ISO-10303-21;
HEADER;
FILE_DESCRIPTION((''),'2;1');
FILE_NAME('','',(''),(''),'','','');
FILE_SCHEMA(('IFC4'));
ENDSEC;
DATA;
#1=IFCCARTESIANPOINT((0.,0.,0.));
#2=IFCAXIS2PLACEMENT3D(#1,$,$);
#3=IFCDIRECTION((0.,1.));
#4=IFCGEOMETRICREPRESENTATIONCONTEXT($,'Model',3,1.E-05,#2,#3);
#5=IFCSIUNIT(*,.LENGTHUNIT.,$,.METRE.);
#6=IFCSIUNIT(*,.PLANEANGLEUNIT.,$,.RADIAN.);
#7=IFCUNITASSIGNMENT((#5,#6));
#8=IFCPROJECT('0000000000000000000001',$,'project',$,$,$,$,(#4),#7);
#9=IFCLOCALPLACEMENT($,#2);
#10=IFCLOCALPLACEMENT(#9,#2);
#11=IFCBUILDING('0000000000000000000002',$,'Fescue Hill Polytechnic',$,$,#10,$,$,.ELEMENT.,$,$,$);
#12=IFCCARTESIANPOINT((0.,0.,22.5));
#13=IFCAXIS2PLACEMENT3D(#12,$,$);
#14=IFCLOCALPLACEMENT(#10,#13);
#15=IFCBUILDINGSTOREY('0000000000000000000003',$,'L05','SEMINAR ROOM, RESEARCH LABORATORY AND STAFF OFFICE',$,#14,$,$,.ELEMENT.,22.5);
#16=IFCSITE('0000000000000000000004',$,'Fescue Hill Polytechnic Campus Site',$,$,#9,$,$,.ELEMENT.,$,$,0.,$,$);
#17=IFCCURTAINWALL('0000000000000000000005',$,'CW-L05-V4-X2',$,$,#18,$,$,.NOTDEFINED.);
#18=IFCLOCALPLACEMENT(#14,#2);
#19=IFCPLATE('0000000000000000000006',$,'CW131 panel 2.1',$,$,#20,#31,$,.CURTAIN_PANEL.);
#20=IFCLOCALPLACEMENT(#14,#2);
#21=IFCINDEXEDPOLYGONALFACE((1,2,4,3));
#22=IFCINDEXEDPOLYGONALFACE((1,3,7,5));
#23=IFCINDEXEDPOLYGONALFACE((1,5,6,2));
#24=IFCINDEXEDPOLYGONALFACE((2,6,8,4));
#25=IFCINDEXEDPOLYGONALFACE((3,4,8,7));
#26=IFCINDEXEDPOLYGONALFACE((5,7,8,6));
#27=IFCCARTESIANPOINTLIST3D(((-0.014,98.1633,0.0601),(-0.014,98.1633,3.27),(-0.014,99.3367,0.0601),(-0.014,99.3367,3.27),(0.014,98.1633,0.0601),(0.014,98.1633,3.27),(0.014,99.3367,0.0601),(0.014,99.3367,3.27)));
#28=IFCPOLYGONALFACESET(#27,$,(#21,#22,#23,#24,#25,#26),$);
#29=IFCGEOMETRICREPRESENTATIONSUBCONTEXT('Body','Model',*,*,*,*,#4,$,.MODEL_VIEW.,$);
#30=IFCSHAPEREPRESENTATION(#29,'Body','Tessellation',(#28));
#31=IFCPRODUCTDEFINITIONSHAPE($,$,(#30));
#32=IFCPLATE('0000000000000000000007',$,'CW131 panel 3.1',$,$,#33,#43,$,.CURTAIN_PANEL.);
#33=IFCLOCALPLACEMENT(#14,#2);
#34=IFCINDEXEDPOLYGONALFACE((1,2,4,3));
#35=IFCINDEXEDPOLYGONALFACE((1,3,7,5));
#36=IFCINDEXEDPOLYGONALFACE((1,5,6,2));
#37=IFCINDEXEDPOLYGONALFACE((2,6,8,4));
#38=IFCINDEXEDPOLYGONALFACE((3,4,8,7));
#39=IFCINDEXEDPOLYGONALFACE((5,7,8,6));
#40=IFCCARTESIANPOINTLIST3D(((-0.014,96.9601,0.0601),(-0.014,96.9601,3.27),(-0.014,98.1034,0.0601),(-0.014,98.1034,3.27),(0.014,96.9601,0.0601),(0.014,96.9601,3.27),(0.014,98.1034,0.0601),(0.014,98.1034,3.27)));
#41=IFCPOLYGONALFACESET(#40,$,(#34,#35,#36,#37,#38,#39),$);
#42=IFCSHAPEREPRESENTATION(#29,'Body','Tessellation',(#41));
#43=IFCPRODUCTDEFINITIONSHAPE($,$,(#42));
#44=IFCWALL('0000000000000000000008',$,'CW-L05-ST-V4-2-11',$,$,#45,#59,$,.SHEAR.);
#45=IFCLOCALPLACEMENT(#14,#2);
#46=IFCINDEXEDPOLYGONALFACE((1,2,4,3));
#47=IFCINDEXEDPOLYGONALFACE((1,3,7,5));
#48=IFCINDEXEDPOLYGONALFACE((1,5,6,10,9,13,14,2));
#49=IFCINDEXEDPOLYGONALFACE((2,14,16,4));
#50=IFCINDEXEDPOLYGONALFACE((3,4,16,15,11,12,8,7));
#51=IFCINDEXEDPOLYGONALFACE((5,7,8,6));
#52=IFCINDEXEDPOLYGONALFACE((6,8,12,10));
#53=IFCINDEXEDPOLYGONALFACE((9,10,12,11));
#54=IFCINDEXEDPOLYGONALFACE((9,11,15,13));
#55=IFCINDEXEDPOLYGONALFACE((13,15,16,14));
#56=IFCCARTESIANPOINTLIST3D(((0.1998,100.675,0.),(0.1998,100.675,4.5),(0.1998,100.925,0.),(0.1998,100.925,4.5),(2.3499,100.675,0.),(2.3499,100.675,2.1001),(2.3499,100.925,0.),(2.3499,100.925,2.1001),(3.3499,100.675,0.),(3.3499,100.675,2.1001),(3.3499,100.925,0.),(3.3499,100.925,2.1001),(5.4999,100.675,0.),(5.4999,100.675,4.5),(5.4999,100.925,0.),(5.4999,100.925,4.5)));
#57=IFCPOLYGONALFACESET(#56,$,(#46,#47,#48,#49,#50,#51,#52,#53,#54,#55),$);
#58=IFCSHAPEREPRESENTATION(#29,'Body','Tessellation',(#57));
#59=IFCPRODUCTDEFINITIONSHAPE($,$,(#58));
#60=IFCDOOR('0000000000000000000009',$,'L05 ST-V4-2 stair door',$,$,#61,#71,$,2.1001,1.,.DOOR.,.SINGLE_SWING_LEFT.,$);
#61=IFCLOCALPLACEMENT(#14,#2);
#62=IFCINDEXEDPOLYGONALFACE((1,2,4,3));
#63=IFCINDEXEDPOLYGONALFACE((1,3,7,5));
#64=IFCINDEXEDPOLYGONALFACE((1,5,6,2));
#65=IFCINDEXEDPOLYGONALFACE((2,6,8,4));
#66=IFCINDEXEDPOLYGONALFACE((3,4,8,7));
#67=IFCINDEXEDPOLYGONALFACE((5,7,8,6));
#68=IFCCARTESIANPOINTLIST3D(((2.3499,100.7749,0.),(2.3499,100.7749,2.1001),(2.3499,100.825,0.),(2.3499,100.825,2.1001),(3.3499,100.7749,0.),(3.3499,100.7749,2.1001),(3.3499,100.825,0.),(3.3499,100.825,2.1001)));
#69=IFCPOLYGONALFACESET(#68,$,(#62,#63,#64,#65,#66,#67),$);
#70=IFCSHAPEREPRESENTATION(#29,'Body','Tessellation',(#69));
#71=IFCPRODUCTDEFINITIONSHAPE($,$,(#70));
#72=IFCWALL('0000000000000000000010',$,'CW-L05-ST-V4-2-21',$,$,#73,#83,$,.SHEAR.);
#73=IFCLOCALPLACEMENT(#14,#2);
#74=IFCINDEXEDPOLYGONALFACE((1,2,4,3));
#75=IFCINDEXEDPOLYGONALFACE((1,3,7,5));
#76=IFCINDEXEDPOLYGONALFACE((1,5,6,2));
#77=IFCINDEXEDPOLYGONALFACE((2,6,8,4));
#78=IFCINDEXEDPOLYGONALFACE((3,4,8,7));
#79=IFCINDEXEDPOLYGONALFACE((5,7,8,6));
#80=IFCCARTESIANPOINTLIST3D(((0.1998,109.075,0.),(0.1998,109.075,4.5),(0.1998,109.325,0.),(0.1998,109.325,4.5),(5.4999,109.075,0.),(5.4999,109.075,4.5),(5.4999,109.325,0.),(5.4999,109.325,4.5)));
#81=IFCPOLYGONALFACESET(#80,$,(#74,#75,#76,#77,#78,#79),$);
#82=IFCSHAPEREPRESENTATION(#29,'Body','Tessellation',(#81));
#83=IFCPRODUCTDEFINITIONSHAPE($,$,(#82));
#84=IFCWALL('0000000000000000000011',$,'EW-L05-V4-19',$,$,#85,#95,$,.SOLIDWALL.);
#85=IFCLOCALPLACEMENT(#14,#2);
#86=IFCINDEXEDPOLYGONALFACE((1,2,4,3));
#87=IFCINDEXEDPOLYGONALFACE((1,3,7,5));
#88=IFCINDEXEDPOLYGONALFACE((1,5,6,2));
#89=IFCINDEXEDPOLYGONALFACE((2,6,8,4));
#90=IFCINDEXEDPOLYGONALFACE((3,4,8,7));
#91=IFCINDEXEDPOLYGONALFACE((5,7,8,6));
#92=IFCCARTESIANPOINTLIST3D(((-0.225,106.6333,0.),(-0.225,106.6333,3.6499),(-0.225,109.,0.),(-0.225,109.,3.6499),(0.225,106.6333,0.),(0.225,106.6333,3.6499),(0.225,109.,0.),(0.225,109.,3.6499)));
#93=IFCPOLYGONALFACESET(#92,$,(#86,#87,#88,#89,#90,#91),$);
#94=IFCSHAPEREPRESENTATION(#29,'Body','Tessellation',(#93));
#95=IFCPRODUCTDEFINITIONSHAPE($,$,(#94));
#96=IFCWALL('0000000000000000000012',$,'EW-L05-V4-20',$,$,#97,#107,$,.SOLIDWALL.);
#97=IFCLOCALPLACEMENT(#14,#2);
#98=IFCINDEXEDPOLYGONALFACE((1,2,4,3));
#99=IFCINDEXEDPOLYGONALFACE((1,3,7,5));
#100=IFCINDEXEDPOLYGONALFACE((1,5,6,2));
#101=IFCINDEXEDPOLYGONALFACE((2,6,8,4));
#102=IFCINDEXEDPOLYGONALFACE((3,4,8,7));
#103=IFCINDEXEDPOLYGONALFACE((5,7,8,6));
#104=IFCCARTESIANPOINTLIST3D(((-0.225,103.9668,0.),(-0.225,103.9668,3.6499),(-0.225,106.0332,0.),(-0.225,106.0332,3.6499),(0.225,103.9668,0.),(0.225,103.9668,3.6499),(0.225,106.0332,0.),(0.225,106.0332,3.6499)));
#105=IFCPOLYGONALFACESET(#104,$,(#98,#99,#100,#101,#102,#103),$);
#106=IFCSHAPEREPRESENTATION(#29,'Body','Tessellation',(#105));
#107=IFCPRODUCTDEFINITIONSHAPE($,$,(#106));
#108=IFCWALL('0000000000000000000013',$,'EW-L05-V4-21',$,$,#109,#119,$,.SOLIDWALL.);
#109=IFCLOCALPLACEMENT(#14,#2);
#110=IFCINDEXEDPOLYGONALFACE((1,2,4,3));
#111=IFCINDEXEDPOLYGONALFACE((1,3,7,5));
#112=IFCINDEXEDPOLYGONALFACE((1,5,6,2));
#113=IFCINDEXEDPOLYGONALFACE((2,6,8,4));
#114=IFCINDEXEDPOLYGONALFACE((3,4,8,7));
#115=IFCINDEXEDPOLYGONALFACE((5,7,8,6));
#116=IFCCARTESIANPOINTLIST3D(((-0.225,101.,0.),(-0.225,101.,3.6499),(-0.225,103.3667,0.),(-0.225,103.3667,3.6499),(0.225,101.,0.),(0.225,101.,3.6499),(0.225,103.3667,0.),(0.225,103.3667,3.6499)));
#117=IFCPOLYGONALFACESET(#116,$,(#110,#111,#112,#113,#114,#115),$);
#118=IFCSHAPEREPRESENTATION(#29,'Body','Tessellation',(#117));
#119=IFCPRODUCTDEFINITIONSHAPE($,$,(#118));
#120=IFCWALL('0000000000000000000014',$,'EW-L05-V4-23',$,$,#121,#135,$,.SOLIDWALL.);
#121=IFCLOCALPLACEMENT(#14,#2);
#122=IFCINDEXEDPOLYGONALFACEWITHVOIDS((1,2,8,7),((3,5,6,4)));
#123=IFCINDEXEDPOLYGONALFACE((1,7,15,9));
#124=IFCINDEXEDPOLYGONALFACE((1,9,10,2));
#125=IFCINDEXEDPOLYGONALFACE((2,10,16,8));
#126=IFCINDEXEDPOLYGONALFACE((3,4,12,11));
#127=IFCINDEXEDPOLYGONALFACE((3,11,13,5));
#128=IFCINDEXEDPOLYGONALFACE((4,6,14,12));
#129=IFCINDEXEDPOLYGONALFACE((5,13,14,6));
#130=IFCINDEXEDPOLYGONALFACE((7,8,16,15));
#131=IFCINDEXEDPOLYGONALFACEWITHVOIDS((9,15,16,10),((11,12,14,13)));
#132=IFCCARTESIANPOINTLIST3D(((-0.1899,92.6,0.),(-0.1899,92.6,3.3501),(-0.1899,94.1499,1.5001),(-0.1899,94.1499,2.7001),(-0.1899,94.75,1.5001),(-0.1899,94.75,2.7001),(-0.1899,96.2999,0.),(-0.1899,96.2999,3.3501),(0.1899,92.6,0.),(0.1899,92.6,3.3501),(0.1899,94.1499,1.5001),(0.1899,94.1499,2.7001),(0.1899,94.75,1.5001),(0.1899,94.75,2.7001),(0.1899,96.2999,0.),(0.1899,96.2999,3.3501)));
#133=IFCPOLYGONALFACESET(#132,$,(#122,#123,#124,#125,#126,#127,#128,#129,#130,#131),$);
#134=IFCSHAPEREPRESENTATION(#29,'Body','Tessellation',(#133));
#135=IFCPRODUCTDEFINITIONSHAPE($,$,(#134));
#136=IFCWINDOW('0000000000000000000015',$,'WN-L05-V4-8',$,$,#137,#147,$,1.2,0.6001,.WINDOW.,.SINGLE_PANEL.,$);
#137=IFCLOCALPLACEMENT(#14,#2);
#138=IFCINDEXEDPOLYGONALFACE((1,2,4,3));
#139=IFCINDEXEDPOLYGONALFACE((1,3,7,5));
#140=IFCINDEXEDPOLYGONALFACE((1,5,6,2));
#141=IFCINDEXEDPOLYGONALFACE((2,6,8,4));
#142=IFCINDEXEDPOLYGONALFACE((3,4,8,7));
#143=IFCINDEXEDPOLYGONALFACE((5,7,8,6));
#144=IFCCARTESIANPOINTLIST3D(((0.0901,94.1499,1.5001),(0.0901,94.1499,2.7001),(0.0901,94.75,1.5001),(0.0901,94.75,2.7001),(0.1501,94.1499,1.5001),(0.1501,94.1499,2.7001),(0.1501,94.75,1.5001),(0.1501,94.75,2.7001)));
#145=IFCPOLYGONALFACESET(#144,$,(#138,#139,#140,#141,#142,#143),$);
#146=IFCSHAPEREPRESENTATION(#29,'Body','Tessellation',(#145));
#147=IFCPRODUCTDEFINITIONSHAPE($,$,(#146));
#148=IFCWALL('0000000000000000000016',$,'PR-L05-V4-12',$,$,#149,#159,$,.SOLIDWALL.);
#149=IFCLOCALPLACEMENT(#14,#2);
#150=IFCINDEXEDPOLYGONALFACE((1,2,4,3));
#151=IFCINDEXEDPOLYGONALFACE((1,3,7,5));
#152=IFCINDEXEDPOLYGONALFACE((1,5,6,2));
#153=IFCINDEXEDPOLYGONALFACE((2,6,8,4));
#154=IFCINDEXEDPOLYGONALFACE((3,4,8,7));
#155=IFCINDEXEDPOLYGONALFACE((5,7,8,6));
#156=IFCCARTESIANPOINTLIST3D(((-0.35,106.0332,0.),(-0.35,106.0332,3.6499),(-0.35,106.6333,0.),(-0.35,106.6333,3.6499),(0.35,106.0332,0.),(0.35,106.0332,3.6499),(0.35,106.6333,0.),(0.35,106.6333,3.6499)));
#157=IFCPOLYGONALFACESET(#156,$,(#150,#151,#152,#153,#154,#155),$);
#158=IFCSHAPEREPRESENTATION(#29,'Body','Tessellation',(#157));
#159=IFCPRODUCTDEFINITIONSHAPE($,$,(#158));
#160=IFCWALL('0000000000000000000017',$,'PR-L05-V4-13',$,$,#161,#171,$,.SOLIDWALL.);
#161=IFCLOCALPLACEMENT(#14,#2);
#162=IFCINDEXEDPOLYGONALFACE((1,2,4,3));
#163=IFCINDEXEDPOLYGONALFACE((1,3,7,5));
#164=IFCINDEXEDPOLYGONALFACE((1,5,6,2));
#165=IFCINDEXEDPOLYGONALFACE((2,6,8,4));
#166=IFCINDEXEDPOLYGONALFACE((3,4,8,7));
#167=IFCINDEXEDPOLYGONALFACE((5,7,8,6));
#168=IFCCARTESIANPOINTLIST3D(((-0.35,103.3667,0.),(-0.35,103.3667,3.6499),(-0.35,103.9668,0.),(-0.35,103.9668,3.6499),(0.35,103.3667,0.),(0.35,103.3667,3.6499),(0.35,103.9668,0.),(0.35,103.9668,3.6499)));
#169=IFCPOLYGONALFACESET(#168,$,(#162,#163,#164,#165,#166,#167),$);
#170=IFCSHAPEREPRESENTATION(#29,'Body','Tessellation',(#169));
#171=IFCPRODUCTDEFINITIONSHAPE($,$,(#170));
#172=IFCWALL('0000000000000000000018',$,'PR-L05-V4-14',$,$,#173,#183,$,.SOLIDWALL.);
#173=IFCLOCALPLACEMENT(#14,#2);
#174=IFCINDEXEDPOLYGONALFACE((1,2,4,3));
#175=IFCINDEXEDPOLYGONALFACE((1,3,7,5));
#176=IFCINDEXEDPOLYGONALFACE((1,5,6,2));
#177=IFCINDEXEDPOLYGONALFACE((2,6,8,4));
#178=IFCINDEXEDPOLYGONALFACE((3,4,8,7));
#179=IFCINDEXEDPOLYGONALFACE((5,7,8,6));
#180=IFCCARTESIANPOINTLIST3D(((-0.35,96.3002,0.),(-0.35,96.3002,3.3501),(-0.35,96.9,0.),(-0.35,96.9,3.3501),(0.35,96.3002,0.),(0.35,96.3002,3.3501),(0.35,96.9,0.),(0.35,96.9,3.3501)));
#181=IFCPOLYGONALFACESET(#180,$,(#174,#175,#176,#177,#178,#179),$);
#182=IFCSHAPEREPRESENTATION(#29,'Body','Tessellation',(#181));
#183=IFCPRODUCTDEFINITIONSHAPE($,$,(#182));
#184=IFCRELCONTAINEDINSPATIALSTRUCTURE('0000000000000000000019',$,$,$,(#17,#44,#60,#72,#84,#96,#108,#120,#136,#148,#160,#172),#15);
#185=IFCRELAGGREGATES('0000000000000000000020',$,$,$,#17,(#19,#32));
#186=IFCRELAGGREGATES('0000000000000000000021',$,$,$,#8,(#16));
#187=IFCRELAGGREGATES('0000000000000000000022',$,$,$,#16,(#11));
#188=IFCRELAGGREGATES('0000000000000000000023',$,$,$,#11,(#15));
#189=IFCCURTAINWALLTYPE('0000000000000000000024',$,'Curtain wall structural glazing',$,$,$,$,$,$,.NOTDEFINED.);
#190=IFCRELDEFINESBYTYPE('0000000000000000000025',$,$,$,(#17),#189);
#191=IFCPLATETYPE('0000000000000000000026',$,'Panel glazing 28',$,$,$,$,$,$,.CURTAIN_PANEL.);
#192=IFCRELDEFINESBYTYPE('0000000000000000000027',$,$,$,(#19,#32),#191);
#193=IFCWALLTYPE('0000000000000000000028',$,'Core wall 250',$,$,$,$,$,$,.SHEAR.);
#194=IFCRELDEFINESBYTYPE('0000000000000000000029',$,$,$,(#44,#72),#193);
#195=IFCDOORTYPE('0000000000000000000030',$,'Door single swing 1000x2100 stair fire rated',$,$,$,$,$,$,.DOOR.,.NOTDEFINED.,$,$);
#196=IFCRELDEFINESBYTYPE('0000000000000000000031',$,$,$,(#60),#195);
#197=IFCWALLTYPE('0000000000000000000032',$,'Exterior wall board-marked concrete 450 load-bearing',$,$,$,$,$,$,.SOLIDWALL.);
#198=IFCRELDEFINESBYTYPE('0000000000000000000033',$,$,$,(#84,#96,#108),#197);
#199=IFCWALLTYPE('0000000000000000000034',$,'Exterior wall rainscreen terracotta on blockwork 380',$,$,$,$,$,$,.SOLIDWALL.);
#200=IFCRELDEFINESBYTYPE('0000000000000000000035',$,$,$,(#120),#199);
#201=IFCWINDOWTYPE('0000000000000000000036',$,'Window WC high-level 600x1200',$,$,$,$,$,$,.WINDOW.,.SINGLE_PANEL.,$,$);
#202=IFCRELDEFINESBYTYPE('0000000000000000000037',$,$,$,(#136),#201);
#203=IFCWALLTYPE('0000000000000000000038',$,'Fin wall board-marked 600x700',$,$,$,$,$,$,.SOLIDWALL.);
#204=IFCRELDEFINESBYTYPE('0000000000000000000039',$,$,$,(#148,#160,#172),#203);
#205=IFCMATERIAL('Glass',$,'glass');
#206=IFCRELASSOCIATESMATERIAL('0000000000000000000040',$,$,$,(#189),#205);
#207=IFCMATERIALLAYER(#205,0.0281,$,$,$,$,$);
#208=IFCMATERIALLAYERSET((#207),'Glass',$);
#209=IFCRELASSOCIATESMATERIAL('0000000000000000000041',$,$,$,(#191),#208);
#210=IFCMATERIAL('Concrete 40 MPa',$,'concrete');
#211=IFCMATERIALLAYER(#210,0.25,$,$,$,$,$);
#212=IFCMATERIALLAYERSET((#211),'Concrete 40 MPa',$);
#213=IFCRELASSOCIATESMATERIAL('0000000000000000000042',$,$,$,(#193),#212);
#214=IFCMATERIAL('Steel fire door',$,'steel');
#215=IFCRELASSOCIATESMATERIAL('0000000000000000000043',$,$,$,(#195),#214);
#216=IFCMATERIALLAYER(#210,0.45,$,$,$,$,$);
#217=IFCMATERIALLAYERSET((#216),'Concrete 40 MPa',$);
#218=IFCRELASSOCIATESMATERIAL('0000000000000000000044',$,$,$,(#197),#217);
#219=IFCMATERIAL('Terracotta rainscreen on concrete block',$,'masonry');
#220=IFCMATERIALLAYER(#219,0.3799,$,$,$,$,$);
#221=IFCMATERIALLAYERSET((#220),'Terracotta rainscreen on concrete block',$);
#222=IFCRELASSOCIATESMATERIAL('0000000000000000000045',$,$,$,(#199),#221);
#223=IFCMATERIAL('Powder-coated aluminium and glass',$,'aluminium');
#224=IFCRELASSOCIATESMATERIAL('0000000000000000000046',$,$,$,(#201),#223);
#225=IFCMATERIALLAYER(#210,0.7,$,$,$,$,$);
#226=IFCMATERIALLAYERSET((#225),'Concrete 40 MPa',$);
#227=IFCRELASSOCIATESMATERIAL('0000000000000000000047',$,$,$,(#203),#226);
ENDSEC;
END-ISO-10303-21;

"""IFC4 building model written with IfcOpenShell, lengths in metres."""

from ifc_helpers import new_model, si_unit, direction, frame, frame_2d, origin, origin_2d, place, context, subcontext, project, spatial, rectangle, extrude, material, layer, layer_set, type_object, element, fill, aggregate, save


model = new_model("IFC4")

# Units and contexts
model_context = context("Model", 3, precision=1e-05, world=origin(), true_north=direction((0.0, 1.0)))
body_context = subcontext(model_context, "Body", "Model", "MODEL_VIEW")
ifc_project = project(units=[si_unit("LENGTHUNIT", "METRE"), si_unit("PLANEANGLEUNIT", "RADIAN")], contexts=[model_context])

# Site, building, storey
site_placement = place(None, origin())
site = spatial("IfcSite", under=ifc_project, at=site_placement, Name="Fescue Hill Polytechnic Campus Site", CompositionType="ELEMENT", RefElevation=0.0)
building_placement = place(site_placement, origin())
building = spatial("IfcBuilding", under=site, at=building_placement, Name="Fescue Hill Polytechnic", CompositionType="ELEMENT")
storey_placement = place(building_placement, frame((0.0, 0.0, 22.5)))
storey = spatial("IfcBuildingStorey", under=building, at=storey_placement, Name="L05", Description="SEMINAR ROOM, RESEARCH LABORATORY AND STAFF OFFICE", CompositionType="ELEMENT", Elevation=22.5)

# Shared definitions
ifc_material_1 = material(Name="Concrete 40 MPa", Category="concrete")

# Curtain wall, plates
ifc_material_2 = material(Name="Glass", Category="glass")
curtain_wall_type = type_object("IfcCurtainWallType", Name="Curtain wall structural glazing", PredefinedType="NOTDEFINED", material=ifc_material_2)
curtain_wall_placement = place(storey_placement, origin())
curtain_wall = element("IfcCurtainWall", 1, at=curtain_wall_placement, inside=storey, type_object=curtain_wall_type, Name="CW-L05-V4-X2", PredefinedType="NOTDEFINED")
ifc_layer_1 = layer(ifc_material_2, 0.0281)
ifc_layer_set_1 = layer_set([ifc_layer_1], Name="Glass")
plate_type = type_object("IfcPlateType", Name="Panel glazing 28", PredefinedType="CURTAIN_PANEL", material=ifc_layer_set_1)
plate_1_placement = place(storey_placement, frame((0.0, 98.75, 0.0601), z_axis=(0.0, 0.0, 1.0), x_axis=(0.0, -1.0, 0.0)))
plate_1 = element("IfcPlate", 2, at=plate_1_placement, type_object=plate_type, Name="CW131 panel 2.1", PredefinedType="CURTAIN_PANEL", context=body_context, shape_type="SweptSolid", body=[
    extrude(rectangle(XDim=1.1733, YDim=0.0281, at=origin_2d()), origin(), (0.0, 0.0, 1.0), 3.21),
])
plate_2_placement = place(storey_placement, frame((0.0, 97.5317, 0.0601), z_axis=(0.0, 0.0, 1.0), x_axis=(0.0, -1.0, 0.0)))
plate_2 = element("IfcPlate", 3, at=plate_2_placement, type_object=plate_type, Name="CW131 panel 3.1", PredefinedType="CURTAIN_PANEL", context=body_context, shape_type="SweptSolid", body=[
    extrude(rectangle(XDim=1.1433, YDim=0.0281, at=origin_2d()), origin(), (0.0, 0.0, 1.0), 3.21),
])
aggregate(curtain_wall, [plate_1, plate_2])

# Wall, opening, door
ifc_layer_2 = layer(ifc_material_1, 0.25)
ifc_layer_set_2 = layer_set([ifc_layer_2], Name="Concrete 40 MPa")
wall_type_1 = type_object("IfcWallType", Name="Core wall 250", PredefinedType="SHEAR", material=ifc_layer_set_2)
wall_1_placement = place(storey_placement, frame((0.2, 100.8, 0.0), z_axis=(0.0, 0.0, 1.0), x_axis=(1.0, 0.0, 0.0)))
wall_1 = element("IfcWall", 4, at=wall_1_placement, inside=storey, type_object=wall_type_1, Name="CW-L05-ST-V4-2-11", PredefinedType="SHEAR", context=body_context, shape_type="SweptSolid", body=[
    extrude(rectangle(XDim=5.3, YDim=0.25, at=frame_2d((2.6499, 0.0))), origin(), (0.0, 0.0, 1.0), 4.5),
])
opening_1_placement = place(wall_1_placement, frame((2.1499, 0.0, 0.0)))
opening_1 = element("IfcOpeningElement", 5, at=opening_1_placement, cuts=wall_1, PredefinedType="OPENING", context=body_context, shape_type="SweptSolid", body=[
    extrude(rectangle(XDim=1.0, YDim=2.1001, at=frame_2d((0.5, 1.05))), frame((0.0, 0.135, 0.0), z_axis=(0.0, -1.0, 0.0), x_axis=(1.0, 0.0, 0.0)), (0.0, 0.0, 1.0), 0.27),
])
ifc_material_3 = material(Name="Steel fire door", Category="steel")
door_type = type_object("IfcDoorType", Name="Door single swing 1000x2100 stair fire rated", OperationType="NOTDEFINED", PredefinedType="DOOR", material=ifc_material_3)
door_placement = place(opening_1_placement, origin())
door = element("IfcDoor", 6, at=door_placement, inside=storey, type_object=door_type, Name="L05 ST-V4-2 stair door", OperationType="SINGLE_SWING_LEFT", OverallHeight=2.1001, OverallWidth=1.0, PredefinedType="DOOR", context=body_context, shape_type="SweptSolid", body=[
    extrude(rectangle(XDim=1.0, YDim=2.1001, at=frame_2d((0.5, 1.05))), frame((0.0, 0.0249, 0.0), z_axis=(0.0, -1.0, 0.0), x_axis=(1.0, 0.0, 0.0)), (0.0, 0.0, 1.0), 0.05),
])
fill(opening_1, door)

# Walls
wall_2_placement = place(storey_placement, frame((0.2, 109.2, 0.0), z_axis=(0.0, 0.0, 1.0), x_axis=(1.0, 0.0, 0.0)))
element("IfcWall", 7, at=wall_2_placement, inside=storey, type_object=wall_type_1, Name="CW-L05-ST-V4-2-21", PredefinedType="SHEAR", context=body_context, shape_type="SweptSolid", body=[
    extrude(rectangle(XDim=5.3, YDim=0.25, at=frame_2d((2.6499, 0.0))), origin(), (0.0, 0.0, 1.0), 4.5),
])
ifc_layer_3 = layer(ifc_material_1, 0.45)
ifc_layer_set_3 = layer_set([ifc_layer_3], Name="Concrete 40 MPa")
wall_type_2 = type_object("IfcWallType", Name="Exterior wall board-marked concrete 450 load-bearing", PredefinedType="SOLIDWALL", material=ifc_layer_set_3)
wall_3_placement = place(storey_placement, frame((0.0, 109.0, 0.0), z_axis=(0.0, 0.0, 1.0), x_axis=(0.0, -1.0, 0.0)))
element("IfcWall", 8, at=wall_3_placement, inside=storey, type_object=wall_type_2, Name="EW-L05-V4-19", PredefinedType="SOLIDWALL", context=body_context, shape_type="SweptSolid", body=[
    extrude(rectangle(XDim=2.3667, YDim=0.45, at=frame_2d((1.1833, 0.0))), origin(), (0.0, 0.0, 1.0), 3.6499),
])
wall_4_placement = place(storey_placement, frame((0.0, 106.0332, 0.0), z_axis=(0.0, 0.0, 1.0), x_axis=(0.0, -1.0, 0.0)))
element("IfcWall", 9, at=wall_4_placement, inside=storey, type_object=wall_type_2, Name="EW-L05-V4-20", PredefinedType="SOLIDWALL", context=body_context, shape_type="SweptSolid", body=[
    extrude(rectangle(XDim=2.0664, YDim=0.45, at=frame_2d((1.0332, 0.0))), origin(), (0.0, 0.0, 1.0), 3.6499),
])
wall_5_placement = place(storey_placement, frame((0.0, 103.3667, 0.0), z_axis=(0.0, 0.0, 1.0), x_axis=(0.0, -1.0, 0.0)))
element("IfcWall", 10, at=wall_5_placement, inside=storey, type_object=wall_type_2, Name="EW-L05-V4-21", PredefinedType="SOLIDWALL", context=body_context, shape_type="SweptSolid", body=[
    extrude(rectangle(XDim=2.3667, YDim=0.45, at=frame_2d((1.1833, 0.0))), origin(), (0.0, 0.0, 1.0), 3.6499),
])

# Wall, opening, window
ifc_material_4 = material(Name="Terracotta rainscreen on concrete block", Category="masonry")
ifc_layer_4 = layer(ifc_material_4, 0.3799)
ifc_layer_set_4 = layer_set([ifc_layer_4], Name="Terracotta rainscreen on concrete block")
wall_type_3 = type_object("IfcWallType", Name="Exterior wall rainscreen terracotta on blockwork 380", PredefinedType="SOLIDWALL", material=ifc_layer_set_4)
wall_6_placement = place(storey_placement, frame((0.0, 96.3, 0.0), z_axis=(0.0, 0.0, 1.0), x_axis=(0.0, -1.0, 0.0)))
wall_6 = element("IfcWall", 11, at=wall_6_placement, inside=storey, type_object=wall_type_3, Name="EW-L05-V4-23", PredefinedType="SOLIDWALL", context=body_context, shape_type="SweptSolid", body=[
    extrude(rectangle(XDim=3.7, YDim=0.3799, at=frame_2d((1.8501, 0.0))), origin(), (0.0, 0.0, 1.0), 3.3501),
])
opening_2_placement = place(wall_6_placement, frame((1.55, 0.0, 1.5)))
opening_2 = element("IfcOpeningElement", 12, at=opening_2_placement, cuts=wall_6, PredefinedType="OPENING", context=body_context, shape_type="SweptSolid", body=[
    extrude(rectangle(XDim=0.6001, YDim=1.2, at=frame_2d((0.3, 0.6001))), frame((0.0, 0.2, 0.0), z_axis=(0.0, -1.0, 0.0), x_axis=(1.0, 0.0, 0.0)), (0.0, 0.0, 1.0), 0.3999),
])
ifc_material_5 = material(Name="Powder-coated aluminium and glass", Category="aluminium")
window_type = type_object("IfcWindowType", Name="Window WC high-level 600x1200", PartitioningType="SINGLE_PANEL", PredefinedType="WINDOW", material=ifc_material_5)
window_placement = place(opening_2_placement, origin())
window = element("IfcWindow", 13, at=window_placement, inside=storey, type_object=window_type, Name="WN-L05-V4-8", OverallHeight=1.2, OverallWidth=0.6001, PartitioningType="SINGLE_PANEL", PredefinedType="WINDOW", context=body_context, shape_type="SweptSolid", body=[
    extrude(rectangle(XDim=0.6001, YDim=1.2, at=frame_2d((0.3, 0.6001))), frame((0.0, 0.1501, 0.0), z_axis=(0.0, -1.0, 0.0), x_axis=(1.0, 0.0, 0.0)), (0.0, 0.0, 1.0), 0.0601),
])
fill(opening_2, window)

# Walls
ifc_layer_5 = layer(ifc_material_1, 0.7)
ifc_layer_set_5 = layer_set([ifc_layer_5], Name="Concrete 40 MPa")
wall_type_4 = type_object("IfcWallType", Name="Fin wall board-marked 600x700", PredefinedType="SOLIDWALL", material=ifc_layer_set_5)
for number, where, z_axis, x_axis, name in (
    (14, (0.0, 106.6333, 0.0), (0.0, 0.0, 1.0), (0.0, -1.0, 0.0), "PR-L05-V4-12"),
    (15, (0.0, 103.9668, 0.0), (0.0, 0.0, 1.0), (0.0, -1.0, 0.0), "PR-L05-V4-13"),
):
    element("IfcWall", number, at=place(storey_placement, frame(where, z_axis=z_axis, x_axis=x_axis)), inside=storey, type_object=wall_type_4, Name=name, PredefinedType="SOLIDWALL", context=body_context, shape_type="SweptSolid", body=[
        extrude(rectangle(XDim=0.6001, YDim=0.7, at=frame_2d((0.3, 0.0))), origin(), (0.0, 0.0, 1.0), 3.6499),
    ])
wall_7_placement = place(storey_placement, frame((0.0, 96.8999, 0.0), z_axis=(0.0, 0.0, 1.0), x_axis=(0.0, -1.0, 0.0)))
element("IfcWall", 16, at=wall_7_placement, inside=storey, type_object=wall_type_4, Name="PR-L05-V4-14", PredefinedType="SOLIDWALL", context=body_context, shape_type="SweptSolid", body=[
    extrude(rectangle(XDim=0.5999, YDim=0.7, at=frame_2d((0.2998, 0.0))), origin(), (0.0, 0.0, 1.0), 3.3501),
])

save(model, "model.ifc")
